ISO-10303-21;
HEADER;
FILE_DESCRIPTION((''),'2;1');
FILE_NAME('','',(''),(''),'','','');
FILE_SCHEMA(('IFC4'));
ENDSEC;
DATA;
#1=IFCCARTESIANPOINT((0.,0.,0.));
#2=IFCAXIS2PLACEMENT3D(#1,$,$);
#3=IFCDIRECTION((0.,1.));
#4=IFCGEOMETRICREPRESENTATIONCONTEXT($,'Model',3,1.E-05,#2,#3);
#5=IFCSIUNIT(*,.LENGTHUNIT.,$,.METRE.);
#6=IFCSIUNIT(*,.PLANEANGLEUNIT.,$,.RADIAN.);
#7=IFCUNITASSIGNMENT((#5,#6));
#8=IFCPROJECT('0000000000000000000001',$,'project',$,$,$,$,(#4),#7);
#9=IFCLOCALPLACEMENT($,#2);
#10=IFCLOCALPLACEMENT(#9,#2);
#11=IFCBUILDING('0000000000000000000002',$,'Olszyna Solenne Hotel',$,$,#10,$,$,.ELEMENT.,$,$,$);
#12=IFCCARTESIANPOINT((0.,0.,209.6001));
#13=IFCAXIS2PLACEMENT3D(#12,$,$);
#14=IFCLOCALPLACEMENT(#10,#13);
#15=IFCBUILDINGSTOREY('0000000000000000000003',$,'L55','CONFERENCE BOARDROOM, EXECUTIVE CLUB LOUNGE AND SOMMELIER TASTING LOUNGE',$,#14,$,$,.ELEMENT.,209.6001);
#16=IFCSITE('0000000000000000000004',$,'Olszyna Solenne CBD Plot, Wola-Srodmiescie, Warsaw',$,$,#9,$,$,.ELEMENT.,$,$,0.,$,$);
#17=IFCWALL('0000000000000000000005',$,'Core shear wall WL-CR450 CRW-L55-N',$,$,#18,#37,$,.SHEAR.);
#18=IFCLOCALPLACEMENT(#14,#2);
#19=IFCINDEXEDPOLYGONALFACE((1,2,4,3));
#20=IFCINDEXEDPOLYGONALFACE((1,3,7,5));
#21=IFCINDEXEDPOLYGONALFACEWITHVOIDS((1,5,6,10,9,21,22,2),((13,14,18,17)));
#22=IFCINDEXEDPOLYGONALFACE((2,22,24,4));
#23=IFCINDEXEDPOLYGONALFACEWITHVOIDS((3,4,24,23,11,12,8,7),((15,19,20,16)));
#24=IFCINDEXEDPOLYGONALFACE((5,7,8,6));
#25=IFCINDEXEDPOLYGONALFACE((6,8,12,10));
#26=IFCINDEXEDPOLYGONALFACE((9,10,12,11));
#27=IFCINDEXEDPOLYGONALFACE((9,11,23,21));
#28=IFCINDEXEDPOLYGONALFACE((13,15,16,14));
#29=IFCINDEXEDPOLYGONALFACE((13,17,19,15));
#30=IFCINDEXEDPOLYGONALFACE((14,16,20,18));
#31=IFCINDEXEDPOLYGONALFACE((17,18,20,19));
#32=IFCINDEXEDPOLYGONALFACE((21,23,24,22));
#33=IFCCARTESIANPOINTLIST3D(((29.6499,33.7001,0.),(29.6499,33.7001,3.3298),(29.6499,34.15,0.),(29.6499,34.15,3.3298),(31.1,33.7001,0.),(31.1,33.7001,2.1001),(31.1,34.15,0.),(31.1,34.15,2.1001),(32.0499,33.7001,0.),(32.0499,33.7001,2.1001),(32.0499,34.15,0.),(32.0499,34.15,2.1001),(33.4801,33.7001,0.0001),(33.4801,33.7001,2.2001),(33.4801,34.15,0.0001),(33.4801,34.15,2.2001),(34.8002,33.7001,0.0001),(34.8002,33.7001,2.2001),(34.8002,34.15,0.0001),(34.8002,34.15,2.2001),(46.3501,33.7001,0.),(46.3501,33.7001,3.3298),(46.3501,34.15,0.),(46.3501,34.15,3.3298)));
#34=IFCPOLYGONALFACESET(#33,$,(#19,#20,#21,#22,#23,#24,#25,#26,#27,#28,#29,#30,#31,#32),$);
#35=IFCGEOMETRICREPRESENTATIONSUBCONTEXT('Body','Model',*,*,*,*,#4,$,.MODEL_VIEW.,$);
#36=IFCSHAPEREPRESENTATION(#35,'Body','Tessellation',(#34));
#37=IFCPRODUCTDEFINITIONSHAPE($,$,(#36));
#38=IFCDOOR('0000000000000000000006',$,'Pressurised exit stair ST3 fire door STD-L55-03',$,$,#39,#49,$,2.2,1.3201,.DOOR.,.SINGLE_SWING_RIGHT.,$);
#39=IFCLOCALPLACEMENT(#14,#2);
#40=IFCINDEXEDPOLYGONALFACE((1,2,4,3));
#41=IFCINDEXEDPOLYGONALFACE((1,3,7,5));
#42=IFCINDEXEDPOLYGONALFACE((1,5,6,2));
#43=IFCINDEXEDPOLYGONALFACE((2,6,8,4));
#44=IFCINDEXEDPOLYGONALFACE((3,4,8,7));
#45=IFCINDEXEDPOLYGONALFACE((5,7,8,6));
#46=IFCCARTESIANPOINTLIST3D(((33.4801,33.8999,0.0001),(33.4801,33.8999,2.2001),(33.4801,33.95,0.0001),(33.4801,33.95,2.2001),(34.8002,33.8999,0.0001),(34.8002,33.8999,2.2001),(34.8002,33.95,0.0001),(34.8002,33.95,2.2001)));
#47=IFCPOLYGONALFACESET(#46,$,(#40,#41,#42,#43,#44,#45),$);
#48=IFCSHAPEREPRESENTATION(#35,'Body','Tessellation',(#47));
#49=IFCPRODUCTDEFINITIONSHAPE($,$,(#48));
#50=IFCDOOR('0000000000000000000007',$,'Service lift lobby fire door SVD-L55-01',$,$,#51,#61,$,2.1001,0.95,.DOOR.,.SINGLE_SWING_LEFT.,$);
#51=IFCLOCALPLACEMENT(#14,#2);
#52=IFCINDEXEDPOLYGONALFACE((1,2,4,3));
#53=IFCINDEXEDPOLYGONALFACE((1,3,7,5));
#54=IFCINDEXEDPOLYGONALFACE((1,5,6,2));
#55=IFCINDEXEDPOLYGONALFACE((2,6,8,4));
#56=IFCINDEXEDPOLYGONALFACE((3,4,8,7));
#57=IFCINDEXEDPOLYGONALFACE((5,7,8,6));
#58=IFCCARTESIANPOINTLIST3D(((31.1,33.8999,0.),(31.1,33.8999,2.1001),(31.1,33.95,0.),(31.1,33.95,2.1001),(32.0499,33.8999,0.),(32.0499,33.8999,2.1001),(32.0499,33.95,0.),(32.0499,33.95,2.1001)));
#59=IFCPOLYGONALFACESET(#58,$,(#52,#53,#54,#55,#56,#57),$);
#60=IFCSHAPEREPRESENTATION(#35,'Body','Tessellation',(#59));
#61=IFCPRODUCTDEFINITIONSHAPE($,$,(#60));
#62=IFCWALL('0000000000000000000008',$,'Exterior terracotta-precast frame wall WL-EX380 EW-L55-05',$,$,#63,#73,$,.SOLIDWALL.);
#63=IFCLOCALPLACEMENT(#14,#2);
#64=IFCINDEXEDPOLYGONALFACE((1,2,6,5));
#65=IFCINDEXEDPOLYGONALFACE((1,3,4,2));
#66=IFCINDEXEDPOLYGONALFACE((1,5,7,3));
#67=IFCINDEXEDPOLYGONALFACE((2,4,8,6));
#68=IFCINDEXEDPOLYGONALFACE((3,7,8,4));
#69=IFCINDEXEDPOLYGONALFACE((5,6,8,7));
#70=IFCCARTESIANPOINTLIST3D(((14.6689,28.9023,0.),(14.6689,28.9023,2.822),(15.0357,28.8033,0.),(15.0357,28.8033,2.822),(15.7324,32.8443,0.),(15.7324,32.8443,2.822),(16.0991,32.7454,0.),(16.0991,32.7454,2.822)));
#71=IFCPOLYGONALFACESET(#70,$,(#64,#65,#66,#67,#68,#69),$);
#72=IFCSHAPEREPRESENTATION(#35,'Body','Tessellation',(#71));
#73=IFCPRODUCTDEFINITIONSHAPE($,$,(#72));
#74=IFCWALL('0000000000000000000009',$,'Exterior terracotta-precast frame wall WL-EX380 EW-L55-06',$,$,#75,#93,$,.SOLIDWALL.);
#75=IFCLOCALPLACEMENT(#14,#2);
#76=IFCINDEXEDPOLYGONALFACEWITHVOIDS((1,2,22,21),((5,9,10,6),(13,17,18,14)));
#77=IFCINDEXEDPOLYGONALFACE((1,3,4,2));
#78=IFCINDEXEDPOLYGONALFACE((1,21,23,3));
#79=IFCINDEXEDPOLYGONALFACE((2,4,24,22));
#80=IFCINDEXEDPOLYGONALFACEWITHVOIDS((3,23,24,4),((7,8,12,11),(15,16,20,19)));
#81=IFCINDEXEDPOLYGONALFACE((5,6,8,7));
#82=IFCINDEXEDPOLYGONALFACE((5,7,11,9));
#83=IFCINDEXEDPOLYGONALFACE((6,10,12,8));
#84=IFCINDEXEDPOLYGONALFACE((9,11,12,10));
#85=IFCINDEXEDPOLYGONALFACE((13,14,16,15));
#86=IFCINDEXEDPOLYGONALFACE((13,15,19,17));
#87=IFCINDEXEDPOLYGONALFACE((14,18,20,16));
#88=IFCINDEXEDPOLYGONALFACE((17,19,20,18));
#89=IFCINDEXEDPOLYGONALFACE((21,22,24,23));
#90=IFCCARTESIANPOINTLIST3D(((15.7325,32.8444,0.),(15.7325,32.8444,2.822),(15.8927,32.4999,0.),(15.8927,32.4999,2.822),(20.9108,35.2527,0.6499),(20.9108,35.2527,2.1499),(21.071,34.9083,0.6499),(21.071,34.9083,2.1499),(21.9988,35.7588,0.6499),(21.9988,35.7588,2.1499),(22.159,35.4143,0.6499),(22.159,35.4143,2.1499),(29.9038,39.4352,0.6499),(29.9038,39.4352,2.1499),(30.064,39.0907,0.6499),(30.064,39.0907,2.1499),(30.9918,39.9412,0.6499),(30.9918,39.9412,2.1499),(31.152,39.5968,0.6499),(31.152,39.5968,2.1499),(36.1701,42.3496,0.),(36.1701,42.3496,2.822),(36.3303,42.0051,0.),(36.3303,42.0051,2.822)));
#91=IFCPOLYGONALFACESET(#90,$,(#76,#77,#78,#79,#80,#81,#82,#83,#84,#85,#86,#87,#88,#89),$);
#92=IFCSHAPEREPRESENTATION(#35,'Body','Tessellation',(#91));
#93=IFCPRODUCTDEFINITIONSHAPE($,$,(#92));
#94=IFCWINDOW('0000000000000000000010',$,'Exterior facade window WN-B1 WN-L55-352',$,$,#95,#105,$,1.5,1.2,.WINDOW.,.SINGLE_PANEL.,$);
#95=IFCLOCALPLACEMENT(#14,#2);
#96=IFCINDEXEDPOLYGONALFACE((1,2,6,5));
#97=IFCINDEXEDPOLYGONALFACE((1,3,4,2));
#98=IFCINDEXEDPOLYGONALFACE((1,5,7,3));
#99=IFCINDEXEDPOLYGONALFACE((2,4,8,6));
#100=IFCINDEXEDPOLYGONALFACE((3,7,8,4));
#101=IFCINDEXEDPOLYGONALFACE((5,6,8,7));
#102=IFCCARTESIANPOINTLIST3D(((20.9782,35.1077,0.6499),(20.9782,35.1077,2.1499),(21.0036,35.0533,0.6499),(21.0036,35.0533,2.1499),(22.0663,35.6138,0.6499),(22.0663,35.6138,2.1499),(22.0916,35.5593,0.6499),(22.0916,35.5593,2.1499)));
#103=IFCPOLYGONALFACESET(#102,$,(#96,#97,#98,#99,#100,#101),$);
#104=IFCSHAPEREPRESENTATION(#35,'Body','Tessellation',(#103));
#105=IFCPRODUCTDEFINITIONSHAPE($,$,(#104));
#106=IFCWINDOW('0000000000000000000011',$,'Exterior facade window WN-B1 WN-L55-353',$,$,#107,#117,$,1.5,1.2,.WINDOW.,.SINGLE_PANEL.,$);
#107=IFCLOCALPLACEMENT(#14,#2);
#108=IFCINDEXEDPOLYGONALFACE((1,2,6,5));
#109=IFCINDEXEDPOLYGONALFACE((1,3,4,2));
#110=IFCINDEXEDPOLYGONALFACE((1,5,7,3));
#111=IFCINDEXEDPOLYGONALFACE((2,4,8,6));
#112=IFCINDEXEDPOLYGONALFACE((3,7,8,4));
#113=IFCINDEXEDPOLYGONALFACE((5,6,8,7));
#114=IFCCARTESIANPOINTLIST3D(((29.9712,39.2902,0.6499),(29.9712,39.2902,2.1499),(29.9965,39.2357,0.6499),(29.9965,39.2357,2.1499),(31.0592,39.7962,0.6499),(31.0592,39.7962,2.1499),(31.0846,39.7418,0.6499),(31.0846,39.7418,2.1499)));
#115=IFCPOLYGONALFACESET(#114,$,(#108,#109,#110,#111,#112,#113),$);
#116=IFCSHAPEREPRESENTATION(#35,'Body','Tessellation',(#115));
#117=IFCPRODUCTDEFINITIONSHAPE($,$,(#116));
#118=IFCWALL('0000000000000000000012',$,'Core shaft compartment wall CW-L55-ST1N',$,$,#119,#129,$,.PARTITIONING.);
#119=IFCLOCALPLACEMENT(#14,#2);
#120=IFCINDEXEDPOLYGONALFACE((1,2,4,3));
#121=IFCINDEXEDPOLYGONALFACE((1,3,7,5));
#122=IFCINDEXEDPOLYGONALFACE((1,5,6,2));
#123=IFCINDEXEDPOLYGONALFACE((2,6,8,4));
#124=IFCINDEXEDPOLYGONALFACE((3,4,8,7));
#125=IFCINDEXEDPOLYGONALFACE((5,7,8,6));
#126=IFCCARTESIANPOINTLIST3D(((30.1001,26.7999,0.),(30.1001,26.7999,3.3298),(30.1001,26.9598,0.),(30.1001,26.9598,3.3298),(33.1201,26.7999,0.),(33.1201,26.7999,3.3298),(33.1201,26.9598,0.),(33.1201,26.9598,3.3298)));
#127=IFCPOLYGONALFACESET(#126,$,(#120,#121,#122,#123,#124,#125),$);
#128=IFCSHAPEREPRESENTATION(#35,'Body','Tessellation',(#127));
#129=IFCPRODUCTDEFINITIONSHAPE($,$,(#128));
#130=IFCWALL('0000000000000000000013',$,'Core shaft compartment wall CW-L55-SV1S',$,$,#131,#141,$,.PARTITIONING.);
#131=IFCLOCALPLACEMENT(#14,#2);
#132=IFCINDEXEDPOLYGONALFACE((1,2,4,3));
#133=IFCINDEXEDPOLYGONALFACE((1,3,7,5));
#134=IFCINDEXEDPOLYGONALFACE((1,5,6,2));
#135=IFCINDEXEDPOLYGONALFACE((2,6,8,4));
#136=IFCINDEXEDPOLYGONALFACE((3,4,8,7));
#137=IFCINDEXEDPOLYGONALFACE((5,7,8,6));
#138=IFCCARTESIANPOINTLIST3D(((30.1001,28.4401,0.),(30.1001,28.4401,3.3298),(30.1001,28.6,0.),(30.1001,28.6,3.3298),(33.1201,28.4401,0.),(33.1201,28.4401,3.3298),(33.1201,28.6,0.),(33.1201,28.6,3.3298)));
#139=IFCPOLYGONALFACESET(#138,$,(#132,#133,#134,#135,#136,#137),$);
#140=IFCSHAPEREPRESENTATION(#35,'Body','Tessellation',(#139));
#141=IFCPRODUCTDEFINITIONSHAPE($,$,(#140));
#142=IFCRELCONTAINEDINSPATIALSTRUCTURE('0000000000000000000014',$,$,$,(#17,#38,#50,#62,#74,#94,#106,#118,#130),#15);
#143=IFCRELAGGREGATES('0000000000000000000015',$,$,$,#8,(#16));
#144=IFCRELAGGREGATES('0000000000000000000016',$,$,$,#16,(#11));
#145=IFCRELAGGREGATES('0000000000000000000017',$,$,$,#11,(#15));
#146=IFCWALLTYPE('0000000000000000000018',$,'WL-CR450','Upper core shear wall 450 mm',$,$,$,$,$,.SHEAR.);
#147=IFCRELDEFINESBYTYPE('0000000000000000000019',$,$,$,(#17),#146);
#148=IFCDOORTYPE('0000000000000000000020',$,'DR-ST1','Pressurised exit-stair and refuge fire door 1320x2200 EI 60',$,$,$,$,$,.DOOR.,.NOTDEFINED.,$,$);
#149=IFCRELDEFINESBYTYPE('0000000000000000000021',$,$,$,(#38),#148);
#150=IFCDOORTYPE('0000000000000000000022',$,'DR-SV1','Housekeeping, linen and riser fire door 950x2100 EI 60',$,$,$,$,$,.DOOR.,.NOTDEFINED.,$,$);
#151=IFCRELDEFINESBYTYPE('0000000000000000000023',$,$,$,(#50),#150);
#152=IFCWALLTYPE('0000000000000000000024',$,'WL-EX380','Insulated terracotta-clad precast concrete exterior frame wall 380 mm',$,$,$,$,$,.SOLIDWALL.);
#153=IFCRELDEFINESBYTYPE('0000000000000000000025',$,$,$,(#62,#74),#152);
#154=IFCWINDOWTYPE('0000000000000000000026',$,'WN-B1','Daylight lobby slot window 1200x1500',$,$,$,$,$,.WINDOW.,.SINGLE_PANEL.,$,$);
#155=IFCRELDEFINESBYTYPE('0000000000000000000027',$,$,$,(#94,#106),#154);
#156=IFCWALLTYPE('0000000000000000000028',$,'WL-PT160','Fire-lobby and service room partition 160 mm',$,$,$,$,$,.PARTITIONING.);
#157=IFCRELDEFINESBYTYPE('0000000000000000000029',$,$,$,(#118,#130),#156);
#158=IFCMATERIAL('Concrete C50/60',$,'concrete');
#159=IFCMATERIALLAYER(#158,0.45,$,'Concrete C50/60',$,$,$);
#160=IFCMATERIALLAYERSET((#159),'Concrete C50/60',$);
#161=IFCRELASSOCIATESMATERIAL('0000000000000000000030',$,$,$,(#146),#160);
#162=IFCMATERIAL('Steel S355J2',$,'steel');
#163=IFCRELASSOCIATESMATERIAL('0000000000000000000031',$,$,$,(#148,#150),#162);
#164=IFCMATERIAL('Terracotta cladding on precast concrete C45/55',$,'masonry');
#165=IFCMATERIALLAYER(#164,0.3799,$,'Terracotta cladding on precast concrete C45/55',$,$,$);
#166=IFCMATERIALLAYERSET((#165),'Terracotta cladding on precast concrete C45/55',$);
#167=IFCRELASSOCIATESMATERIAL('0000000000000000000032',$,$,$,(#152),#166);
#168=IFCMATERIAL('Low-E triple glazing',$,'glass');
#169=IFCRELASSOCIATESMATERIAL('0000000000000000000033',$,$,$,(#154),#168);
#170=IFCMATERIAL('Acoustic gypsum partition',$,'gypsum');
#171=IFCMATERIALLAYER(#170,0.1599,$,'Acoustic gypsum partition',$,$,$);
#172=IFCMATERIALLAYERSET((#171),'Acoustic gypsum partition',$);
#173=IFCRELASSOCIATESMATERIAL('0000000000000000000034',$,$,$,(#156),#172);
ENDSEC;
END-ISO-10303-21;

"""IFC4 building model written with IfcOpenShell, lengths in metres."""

from ifc_helpers import new_model, si_unit, direction, frame, frame_2d, origin, place, context, subcontext, project, spatial, rectangle, extrude, source, transform, mapped, material, layer, layer_set, type_object, type_shapes, element, fill, save


model = new_model("IFC4")

# Units and contexts
model_context = context("Model", 3, precision=1e-05, world=origin(), true_north=direction((0.0, 1.0)))
body_context = subcontext(model_context, "Body", "Model", "MODEL_VIEW")
ifc_project = project(units=[si_unit("LENGTHUNIT", "METRE"), si_unit("PLANEANGLEUNIT", "RADIAN")], contexts=[model_context])

# Site, building, storey
site_placement = place(None, origin())
site = spatial("IfcSite", under=ifc_project, at=site_placement, Name="Olszyna Solenne CBD Plot, Wola-Srodmiescie, Warsaw", CompositionType="ELEMENT", RefElevation=0.0)
building_placement = place(site_placement, origin())
building = spatial("IfcBuilding", under=site, at=building_placement, Name="Olszyna Solenne Hotel", CompositionType="ELEMENT")
storey_placement = place(building_placement, frame((0.0, 0.0, 209.6001)))
storey = spatial("IfcBuildingStorey", under=building, at=storey_placement, Name="L55", Description="CONFERENCE BOARDROOM, EXECUTIVE CLUB LOUNGE AND SOMMELIER TASTING LOUNGE", CompositionType="ELEMENT", Elevation=209.6001)

# Shared definitions
ifc_material_1 = material(Name="Steel S355J2", Category="steel")

# Wall, openings, doors
ifc_material_2 = material(Name="Concrete C50/60", Category="concrete")
ifc_layer_1 = layer(ifc_material_2, 0.45, Name="Concrete C50/60")
ifc_layer_set_1 = layer_set([ifc_layer_1], Name="Concrete C50/60")
wall_type_1 = type_object("IfcWallType", Name="WL-CR450", Description="Upper core shear wall 450 mm", PredefinedType="SHEAR", material=ifc_layer_set_1)
wall_1_placement = place(storey_placement, frame((29.6499, 33.925, 0.0), z_axis=(0.0, 0.0, 1.0), x_axis=(1.0, 0.0, 0.0)))
wall_1 = element("IfcWall", 1, at=wall_1_placement, inside=storey, type_object=wall_type_1, Name="Core shear wall WL-CR450 CRW-L55-N", PredefinedType="SHEAR", context=body_context, shape_type="SweptSolid", body=[
    extrude(rectangle(XDim=16.7002, YDim=0.45, at=frame_2d((8.3501, 0.0))), origin(), (0.0, 0.0, 1.0), 3.3298),
])
opening_1_placement = place(wall_1_placement, frame((1.45, 0.0, 0.0)))
opening_1 = element("IfcOpeningElement", 2, at=opening_1_placement, cuts=wall_1, PredefinedType="OPENING", context=body_context, shape_type="SweptSolid", body=[
    extrude(rectangle(XDim=0.95, YDim=2.1001, at=frame_2d((0.4751, 1.05))), frame((0.0, 0.2349, 0.0), z_axis=(0.0, -1.0, 0.0), x_axis=(1.0, 0.0, 0.0)), (0.0, 0.0, 1.0), 0.47),
])
opening_2_placement = place(wall_1_placement, frame((3.8301, 0.0, 0.0)))
opening_2 = element("IfcOpeningElement", 3, at=opening_2_placement, cuts=wall_1, PredefinedType="OPENING", context=body_context, shape_type="SweptSolid", body=[
    extrude(rectangle(XDim=1.3201, YDim=2.2, at=frame_2d((0.6602, 1.1001))), frame((0.0, 0.2349, 0.0), z_axis=(0.0, -1.0, 0.0), x_axis=(1.0, 0.0, 0.0)), (0.0, 0.0, 1.0), 0.47),
])
door_type_1 = type_object("IfcDoorType", Name="DR-ST1", Description="Pressurised exit-stair and refuge fire door 1320x2200 EI 60", OperationType="NOTDEFINED", PredefinedType="DOOR", material=ifc_material_1)
shared_shape_1 = source(origin(), body_context, "Body", "SweptSolid", [
    extrude(rectangle(XDim=1.3201, YDim=2.2, at=frame_2d((0.6602, 1.1001))), frame((0.0, 0.0249, 0.0), z_axis=(0.0, -1.0, 0.0), x_axis=(1.0, 0.0, 0.0)), (0.0, 0.0, 1.0), 0.05),
])
type_shapes(door_type_1, [shared_shape_1])
door_1_placement = place(opening_2_placement, origin())
door_1 = element("IfcDoor", 4, at=door_1_placement, inside=storey, type_object=door_type_1, Name="Pressurised exit stair ST3 fire door STD-L55-03", OperationType="SINGLE_SWING_RIGHT", OverallHeight=2.2, OverallWidth=1.3201, PredefinedType="DOOR", context=body_context, shape_type="MappedRepresentation", body=[
    mapped(shared_shape_1, transform((0.0, 0.0, 0.0), x_axis=(1.0, 0.0, 0.0), y_axis=(0.0, 1.0, 0.0), z_axis=(0.0, 0.0, 1.0), scale=1.0)),
])
fill(opening_2, door_1)
door_type_2 = type_object("IfcDoorType", Name="DR-SV1", Description="Housekeeping, linen and riser fire door 950x2100 EI 60", OperationType="NOTDEFINED", PredefinedType="DOOR", material=ifc_material_1)
shared_shape_2 = source(origin(), body_context, "Body", "SweptSolid", [
    extrude(rectangle(XDim=0.95, YDim=2.1001, at=frame_2d((0.4751, 1.05))), frame((0.0, 0.0249, 0.0), z_axis=(0.0, -1.0, 0.0), x_axis=(1.0, 0.0, 0.0)), (0.0, 0.0, 1.0), 0.05),
])
type_shapes(door_type_2, [shared_shape_2])
door_2_placement = place(opening_1_placement, origin())
door_2 = element("IfcDoor", 5, at=door_2_placement, inside=storey, type_object=door_type_2, Name="Service lift lobby fire door SVD-L55-01", OperationType="SINGLE_SWING_LEFT", OverallHeight=2.1001, OverallWidth=0.95, PredefinedType="DOOR", context=body_context, shape_type="MappedRepresentation", body=[
    mapped(shared_shape_2, transform((0.0, 0.0, 0.0), x_axis=(1.0, 0.0, 0.0), y_axis=(0.0, 1.0, 0.0), z_axis=(0.0, 0.0, 1.0), scale=1.0)),
])
fill(opening_1, door_2)

# Wall
ifc_material_3 = material(Name="Terracotta cladding on precast concrete C45/55", Category="masonry")
ifc_layer_2 = layer(ifc_material_3, 0.3799, Name="Terracotta cladding on precast concrete C45/55")
ifc_layer_set_2 = layer_set([ifc_layer_2], Name="Terracotta cladding on precast concrete C45/55")
wall_type_2 = type_object("IfcWallType", Name="WL-EX380", Description="Insulated terracotta-clad precast concrete exterior frame wall 380 mm", PredefinedType="SOLIDWALL", material=ifc_layer_set_2)
wall_2_placement = place(storey_placement, frame((14.8523, 28.8528, 0.0), z_axis=(0.0, 0.0, 1.0), x_axis=(0.26046, 0.965485, 0.0)))
element("IfcWall", 6, at=wall_2_placement, inside=storey, type_object=wall_type_2, Name="Exterior terracotta-precast frame wall WL-EX380 EW-L55-05", PredefinedType="SOLIDWALL", context=body_context, shape_type="SweptSolid", body=[
    extrude(rectangle(XDim=4.083, YDim=0.3799, at=frame_2d((2.0415, 0.0))), origin(), (0.0, 0.0, 1.0), 2.822),
])

# Wall, openings, windows
wall_3_placement = place(storey_placement, frame((15.8125, 32.6721, 0.0), z_axis=(0.0, 0.0, 1.0), x_axis=(0.906733, 0.421706, 0.0)))
wall_3 = element("IfcWall", 7, at=wall_3_placement, inside=storey, type_object=wall_type_2, Name="Exterior terracotta-precast frame wall WL-EX380 EW-L55-06", PredefinedType="SOLIDWALL", context=body_context, shape_type="SweptSolid", body=[
    extrude(rectangle(XDim=22.5398, YDim=0.3799, at=frame_2d((11.27, 0.0))), origin(), (0.0, 0.0, 1.0), 2.822),
])
opening_3_placement = place(wall_3_placement, frame((5.7109, 0.0, 0.6499)))
opening_3 = element("IfcOpeningElement", 8, at=opening_3_placement, cuts=wall_3, PredefinedType="OPENING", context=body_context, shape_type="SweptSolid", body=[
    extrude(rectangle(XDim=1.2, YDim=1.5, at=frame_2d((0.6001, 0.75))), frame((0.0, 0.2, 0.0), z_axis=(0.0, -1.0, 0.0), x_axis=(1.0, 0.0, 0.0)), (0.0, 0.0, 1.0), 0.3999),
])
opening_4_placement = place(wall_3_placement, frame((15.6289, 0.0, 0.6499)))
opening_4 = element("IfcOpeningElement", 9, at=opening_4_placement, cuts=wall_3, PredefinedType="OPENING", context=body_context, shape_type="SweptSolid", body=[
    extrude(rectangle(XDim=1.2, YDim=1.5, at=frame_2d((0.6001, 0.75))), frame((0.0, 0.2, 0.0), z_axis=(0.0, -1.0, 0.0), x_axis=(1.0, 0.0, 0.0)), (0.0, 0.0, 1.0), 0.3999),
])
ifc_material_4 = material(Name="Low-E triple glazing", Category="glass")
window_type = type_object("IfcWindowType", Name="WN-B1", Description="Daylight lobby slot window 1200x1500", PartitioningType="SINGLE_PANEL", PredefinedType="WINDOW", material=ifc_material_4)
shared_shape_3 = source(origin(), body_context, "Body", "SweptSolid", [
    extrude(rectangle(XDim=1.2, YDim=1.5, at=frame_2d((0.6001, 0.75))), frame((0.0, 0.03, 0.0), z_axis=(0.0, -1.0, 0.0), x_axis=(1.0, 0.0, 0.0)), (0.0, 0.0, 1.0), 0.0601),
])
type_shapes(window_type, [shared_shape_3])
window_1_placement = place(opening_3_placement, origin())
window_1 = element("IfcWindow", 10, at=window_1_placement, inside=storey, type_object=window_type, Name="Exterior facade window WN-B1 WN-L55-352", OverallHeight=1.5, OverallWidth=1.2, PartitioningType="SINGLE_PANEL", PredefinedType="WINDOW", context=body_context, shape_type="MappedRepresentation", body=[
    mapped(shared_shape_3, transform((0.0, 0.0, 0.0), x_axis=(1.0, 0.0, 0.0), y_axis=(0.0, 1.0, 0.0), z_axis=(0.0, 0.0, 1.0), scale=1.0)),
])
fill(opening_3, window_1)
window_2_placement = place(opening_4_placement, origin())
window_2 = element("IfcWindow", 11, at=window_2_placement, inside=storey, type_object=window_type, Name="Exterior facade window WN-B1 WN-L55-353", OverallHeight=1.5, OverallWidth=1.2, PartitioningType="SINGLE_PANEL", PredefinedType="WINDOW", context=body_context, shape_type="MappedRepresentation", body=[
    mapped(shared_shape_3, transform((0.0, 0.0, 0.0), x_axis=(1.0, 0.0, 0.0), y_axis=(0.0, 1.0, 0.0), z_axis=(0.0, 0.0, 1.0), scale=1.0)),
])
fill(opening_4, window_2)

# Walls
ifc_material_5 = material(Name="Acoustic gypsum partition", Category="gypsum")
ifc_layer_3 = layer(ifc_material_5, 0.1599, Name="Acoustic gypsum partition")
ifc_layer_set_3 = layer_set([ifc_layer_3], Name="Acoustic gypsum partition")
wall_type_3 = type_object("IfcWallType", Name="WL-PT160", Description="Fire-lobby and service room partition 160 mm", PredefinedType="PARTITIONING", material=ifc_layer_set_3)
for number, where, z_axis, x_axis, name in (
    (12, (30.1001, 26.8799, 0.0), (0.0, 0.0, 1.0), (1.0, 0.0, 0.0), "Core shaft compartment wall CW-L55-ST1N"),
    (13, (30.1001, 28.52, 0.0), (0.0, 0.0, 1.0), (1.0, 0.0, 0.0), "Core shaft compartment wall CW-L55-SV1S"),
):
    element("IfcWall", number, at=place(storey_placement, frame(where, z_axis=z_axis, x_axis=x_axis)), inside=storey, type_object=wall_type_3, Name=name, PredefinedType="PARTITIONING", context=body_context, shape_type="SweptSolid", body=[
        extrude(rectangle(XDim=3.02, YDim=0.1599, at=frame_2d((1.51, 0.0))), origin(), (0.0, 0.0, 1.0), 3.3298),
    ])

save(model, "model.ifc")
